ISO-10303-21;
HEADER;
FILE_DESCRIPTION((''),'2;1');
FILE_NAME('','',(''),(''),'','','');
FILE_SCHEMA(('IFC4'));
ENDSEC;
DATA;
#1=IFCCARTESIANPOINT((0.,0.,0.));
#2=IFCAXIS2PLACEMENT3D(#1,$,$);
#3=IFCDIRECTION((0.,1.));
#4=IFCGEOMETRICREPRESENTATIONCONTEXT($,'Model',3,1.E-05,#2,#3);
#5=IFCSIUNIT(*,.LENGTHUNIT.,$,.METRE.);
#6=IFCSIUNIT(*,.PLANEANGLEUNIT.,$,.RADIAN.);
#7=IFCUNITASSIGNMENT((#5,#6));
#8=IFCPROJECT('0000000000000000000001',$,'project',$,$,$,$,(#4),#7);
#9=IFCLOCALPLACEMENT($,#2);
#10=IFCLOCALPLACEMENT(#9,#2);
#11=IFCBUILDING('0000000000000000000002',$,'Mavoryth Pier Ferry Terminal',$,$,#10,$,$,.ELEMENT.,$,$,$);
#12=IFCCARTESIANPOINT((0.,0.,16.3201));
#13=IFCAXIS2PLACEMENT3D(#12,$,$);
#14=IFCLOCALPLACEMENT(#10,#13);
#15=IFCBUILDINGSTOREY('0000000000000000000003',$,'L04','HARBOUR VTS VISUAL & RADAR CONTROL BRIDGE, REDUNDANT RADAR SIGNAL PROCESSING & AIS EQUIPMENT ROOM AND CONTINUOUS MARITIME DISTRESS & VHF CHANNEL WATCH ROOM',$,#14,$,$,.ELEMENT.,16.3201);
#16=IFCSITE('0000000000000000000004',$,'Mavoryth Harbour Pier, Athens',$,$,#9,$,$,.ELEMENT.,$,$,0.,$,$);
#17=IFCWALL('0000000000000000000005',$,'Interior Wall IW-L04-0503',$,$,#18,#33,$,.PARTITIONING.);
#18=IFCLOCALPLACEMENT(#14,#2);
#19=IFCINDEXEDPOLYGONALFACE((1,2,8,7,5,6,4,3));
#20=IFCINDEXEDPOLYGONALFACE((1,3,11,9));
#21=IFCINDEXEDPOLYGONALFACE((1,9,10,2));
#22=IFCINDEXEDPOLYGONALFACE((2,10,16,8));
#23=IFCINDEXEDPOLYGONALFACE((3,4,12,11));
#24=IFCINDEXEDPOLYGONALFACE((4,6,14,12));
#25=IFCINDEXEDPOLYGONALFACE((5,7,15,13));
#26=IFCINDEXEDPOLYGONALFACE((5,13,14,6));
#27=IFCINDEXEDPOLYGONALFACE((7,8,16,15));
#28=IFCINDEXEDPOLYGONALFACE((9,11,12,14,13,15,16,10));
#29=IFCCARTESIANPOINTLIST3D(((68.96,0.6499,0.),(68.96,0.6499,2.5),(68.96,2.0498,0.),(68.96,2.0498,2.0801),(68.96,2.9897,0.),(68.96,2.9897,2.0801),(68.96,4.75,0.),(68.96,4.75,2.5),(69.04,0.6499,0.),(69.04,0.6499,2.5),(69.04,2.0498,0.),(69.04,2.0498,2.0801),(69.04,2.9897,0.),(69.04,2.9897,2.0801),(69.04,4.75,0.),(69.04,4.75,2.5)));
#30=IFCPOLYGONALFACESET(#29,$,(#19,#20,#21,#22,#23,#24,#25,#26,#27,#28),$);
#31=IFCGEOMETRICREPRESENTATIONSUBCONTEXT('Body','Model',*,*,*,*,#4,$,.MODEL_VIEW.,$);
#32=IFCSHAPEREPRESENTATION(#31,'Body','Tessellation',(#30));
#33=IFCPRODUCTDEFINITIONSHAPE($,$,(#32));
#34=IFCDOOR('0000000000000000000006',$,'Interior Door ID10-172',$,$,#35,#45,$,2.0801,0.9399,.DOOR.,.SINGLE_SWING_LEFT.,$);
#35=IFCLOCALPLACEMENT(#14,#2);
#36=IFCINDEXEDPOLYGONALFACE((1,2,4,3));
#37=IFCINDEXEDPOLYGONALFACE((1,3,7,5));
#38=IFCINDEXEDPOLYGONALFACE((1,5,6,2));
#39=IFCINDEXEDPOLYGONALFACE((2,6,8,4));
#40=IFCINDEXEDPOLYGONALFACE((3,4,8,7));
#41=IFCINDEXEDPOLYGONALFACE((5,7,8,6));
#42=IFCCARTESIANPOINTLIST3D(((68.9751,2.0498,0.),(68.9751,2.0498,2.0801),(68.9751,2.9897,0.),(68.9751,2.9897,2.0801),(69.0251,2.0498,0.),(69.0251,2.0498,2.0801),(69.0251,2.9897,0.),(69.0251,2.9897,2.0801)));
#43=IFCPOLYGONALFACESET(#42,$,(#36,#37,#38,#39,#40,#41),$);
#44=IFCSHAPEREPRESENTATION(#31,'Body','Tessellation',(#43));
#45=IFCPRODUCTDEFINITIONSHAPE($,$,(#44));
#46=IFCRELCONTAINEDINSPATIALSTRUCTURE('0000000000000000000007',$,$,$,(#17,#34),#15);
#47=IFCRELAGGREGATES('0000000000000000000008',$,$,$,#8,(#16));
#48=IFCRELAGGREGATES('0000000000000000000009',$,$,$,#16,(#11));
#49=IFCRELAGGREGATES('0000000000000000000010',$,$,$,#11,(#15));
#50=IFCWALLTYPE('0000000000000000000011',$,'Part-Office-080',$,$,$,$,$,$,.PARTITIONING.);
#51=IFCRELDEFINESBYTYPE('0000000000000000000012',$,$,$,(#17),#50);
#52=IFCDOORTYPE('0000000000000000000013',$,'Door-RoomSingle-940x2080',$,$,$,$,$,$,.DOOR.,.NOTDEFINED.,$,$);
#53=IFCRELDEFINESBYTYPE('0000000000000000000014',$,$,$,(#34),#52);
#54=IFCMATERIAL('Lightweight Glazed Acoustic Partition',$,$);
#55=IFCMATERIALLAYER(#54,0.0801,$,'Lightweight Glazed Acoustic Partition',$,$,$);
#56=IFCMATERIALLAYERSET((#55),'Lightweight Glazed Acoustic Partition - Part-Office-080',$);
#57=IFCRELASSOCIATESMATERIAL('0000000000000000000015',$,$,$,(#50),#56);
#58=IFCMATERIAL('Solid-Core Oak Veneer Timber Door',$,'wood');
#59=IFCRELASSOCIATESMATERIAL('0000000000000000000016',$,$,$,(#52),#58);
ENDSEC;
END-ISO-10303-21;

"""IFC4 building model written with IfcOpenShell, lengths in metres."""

from ifc_helpers import new_model, si_unit, direction, frame, frame_2d, origin, place, context, subcontext, project, spatial, rectangle, extrude, material, layer, layer_set, type_object, element, fill, save


model = new_model("IFC4")

# Units and contexts
model_context = context("Model", 3, precision=1e-05, world=origin(), true_north=direction((0.0, 1.0)))
body_context = subcontext(model_context, "Body", "Model", "MODEL_VIEW")
ifc_project = project(units=[si_unit("LENGTHUNIT", "METRE"), si_unit("PLANEANGLEUNIT", "RADIAN")], contexts=[model_context])

# Site, building, storey
site_placement = place(None, origin())
site = spatial("IfcSite", under=ifc_project, at=site_placement, Name="Mavoryth Harbour Pier, Athens", CompositionType="ELEMENT", RefElevation=0.0)
building_placement = place(site_placement, origin())
building = spatial("IfcBuilding", under=site, at=building_placement, Name="Mavoryth Pier Ferry Terminal", CompositionType="ELEMENT")
storey_placement = place(building_placement, frame((0.0, 0.0, 16.3201)))
storey = spatial("IfcBuildingStorey", under=building, at=storey_placement, Name="L04", Description="HARBOUR VTS VISUAL & RADAR CONTROL BRIDGE, REDUNDANT RADAR SIGNAL PROCESSING & AIS EQUIPMENT ROOM AND CONTINUOUS MARITIME DISTRESS & VHF CHANNEL WATCH ROOM", CompositionType="ELEMENT", Elevation=16.3201)

# Wall, opening, door
ifc_material_1 = material(Name="Solid-Core Oak Veneer Timber Door", Category="wood")
ifc_material_2 = material(Name="Lightweight Glazed Acoustic Partition")
ifc_layer_1 = layer(ifc_material_2, 0.0801, Name="Lightweight Glazed Acoustic Partition")
ifc_layer_set_1 = layer_set([ifc_layer_1], Name="Lightweight Glazed Acoustic Partition - Part-Office-080")
wall_type_1 = type_object("IfcWallType", Name="Part-Office-080", PredefinedType="PARTITIONING", material=ifc_layer_set_1)
wall_1_placement = place(storey_placement, frame((69.0, 0.6499, 0.0), z_axis=(0.0, 0.0, 1.0), x_axis=(0.0, 1.0, 0.0)))
wall_1 = element("IfcWall", 1, at=wall_1_placement, inside=storey, type_object=wall_type_1, Name="Interior Wall IW-L04-0503", PredefinedType="PARTITIONING", context=body_context, shape_type="SweptSolid", body=[
    extrude(rectangle(XDim=4.1001, YDim=0.0801, at=frame_2d((2.05, 0.0))), origin(), (0.0, 0.0, 1.0), 2.5),
])
opening_1_placement = place(wall_1_placement, frame((1.3999, 0.0, 0.0)))
opening_1 = element("IfcOpeningElement", 2, at=opening_1_placement, cuts=wall_1, PredefinedType="OPENING", context=body_context, shape_type="SweptSolid", body=[
    extrude(rectangle(XDim=0.9399, YDim=2.0801, at=frame_2d((0.47, 1.04))), frame((0.0, 0.05, 0.0), z_axis=(0.0, -1.0, 0.0), x_axis=(1.0, 0.0, 0.0)), (0.0, 0.0, 1.0), 0.1001),
])
door_type_1 = type_object("IfcDoorType", Name="Door-RoomSingle-940x2080", OperationType="NOTDEFINED", PredefinedType="DOOR", material=ifc_material_1)
door_1_placement = place(opening_1_placement, origin())
door_1 = element("IfcDoor", 3, at=door_1_placement, inside=storey, type_object=door_type_1, Name="Interior Door ID10-172", OperationType="SINGLE_SWING_LEFT", OverallHeight=2.0801, OverallWidth=0.9399, PredefinedType="DOOR", context=body_context, shape_type="SweptSolid", body=[
    extrude(rectangle(XDim=0.9399, YDim=2.0801, at=frame_2d((0.47, 1.04))), frame((0.0, 0.0249, 0.0), z_axis=(0.0, -1.0, 0.0), x_axis=(1.0, 0.0, 0.0)), (0.0, 0.0, 1.0), 0.05),
])
fill(opening_1, door_1)

save(model, "model.ifc")
